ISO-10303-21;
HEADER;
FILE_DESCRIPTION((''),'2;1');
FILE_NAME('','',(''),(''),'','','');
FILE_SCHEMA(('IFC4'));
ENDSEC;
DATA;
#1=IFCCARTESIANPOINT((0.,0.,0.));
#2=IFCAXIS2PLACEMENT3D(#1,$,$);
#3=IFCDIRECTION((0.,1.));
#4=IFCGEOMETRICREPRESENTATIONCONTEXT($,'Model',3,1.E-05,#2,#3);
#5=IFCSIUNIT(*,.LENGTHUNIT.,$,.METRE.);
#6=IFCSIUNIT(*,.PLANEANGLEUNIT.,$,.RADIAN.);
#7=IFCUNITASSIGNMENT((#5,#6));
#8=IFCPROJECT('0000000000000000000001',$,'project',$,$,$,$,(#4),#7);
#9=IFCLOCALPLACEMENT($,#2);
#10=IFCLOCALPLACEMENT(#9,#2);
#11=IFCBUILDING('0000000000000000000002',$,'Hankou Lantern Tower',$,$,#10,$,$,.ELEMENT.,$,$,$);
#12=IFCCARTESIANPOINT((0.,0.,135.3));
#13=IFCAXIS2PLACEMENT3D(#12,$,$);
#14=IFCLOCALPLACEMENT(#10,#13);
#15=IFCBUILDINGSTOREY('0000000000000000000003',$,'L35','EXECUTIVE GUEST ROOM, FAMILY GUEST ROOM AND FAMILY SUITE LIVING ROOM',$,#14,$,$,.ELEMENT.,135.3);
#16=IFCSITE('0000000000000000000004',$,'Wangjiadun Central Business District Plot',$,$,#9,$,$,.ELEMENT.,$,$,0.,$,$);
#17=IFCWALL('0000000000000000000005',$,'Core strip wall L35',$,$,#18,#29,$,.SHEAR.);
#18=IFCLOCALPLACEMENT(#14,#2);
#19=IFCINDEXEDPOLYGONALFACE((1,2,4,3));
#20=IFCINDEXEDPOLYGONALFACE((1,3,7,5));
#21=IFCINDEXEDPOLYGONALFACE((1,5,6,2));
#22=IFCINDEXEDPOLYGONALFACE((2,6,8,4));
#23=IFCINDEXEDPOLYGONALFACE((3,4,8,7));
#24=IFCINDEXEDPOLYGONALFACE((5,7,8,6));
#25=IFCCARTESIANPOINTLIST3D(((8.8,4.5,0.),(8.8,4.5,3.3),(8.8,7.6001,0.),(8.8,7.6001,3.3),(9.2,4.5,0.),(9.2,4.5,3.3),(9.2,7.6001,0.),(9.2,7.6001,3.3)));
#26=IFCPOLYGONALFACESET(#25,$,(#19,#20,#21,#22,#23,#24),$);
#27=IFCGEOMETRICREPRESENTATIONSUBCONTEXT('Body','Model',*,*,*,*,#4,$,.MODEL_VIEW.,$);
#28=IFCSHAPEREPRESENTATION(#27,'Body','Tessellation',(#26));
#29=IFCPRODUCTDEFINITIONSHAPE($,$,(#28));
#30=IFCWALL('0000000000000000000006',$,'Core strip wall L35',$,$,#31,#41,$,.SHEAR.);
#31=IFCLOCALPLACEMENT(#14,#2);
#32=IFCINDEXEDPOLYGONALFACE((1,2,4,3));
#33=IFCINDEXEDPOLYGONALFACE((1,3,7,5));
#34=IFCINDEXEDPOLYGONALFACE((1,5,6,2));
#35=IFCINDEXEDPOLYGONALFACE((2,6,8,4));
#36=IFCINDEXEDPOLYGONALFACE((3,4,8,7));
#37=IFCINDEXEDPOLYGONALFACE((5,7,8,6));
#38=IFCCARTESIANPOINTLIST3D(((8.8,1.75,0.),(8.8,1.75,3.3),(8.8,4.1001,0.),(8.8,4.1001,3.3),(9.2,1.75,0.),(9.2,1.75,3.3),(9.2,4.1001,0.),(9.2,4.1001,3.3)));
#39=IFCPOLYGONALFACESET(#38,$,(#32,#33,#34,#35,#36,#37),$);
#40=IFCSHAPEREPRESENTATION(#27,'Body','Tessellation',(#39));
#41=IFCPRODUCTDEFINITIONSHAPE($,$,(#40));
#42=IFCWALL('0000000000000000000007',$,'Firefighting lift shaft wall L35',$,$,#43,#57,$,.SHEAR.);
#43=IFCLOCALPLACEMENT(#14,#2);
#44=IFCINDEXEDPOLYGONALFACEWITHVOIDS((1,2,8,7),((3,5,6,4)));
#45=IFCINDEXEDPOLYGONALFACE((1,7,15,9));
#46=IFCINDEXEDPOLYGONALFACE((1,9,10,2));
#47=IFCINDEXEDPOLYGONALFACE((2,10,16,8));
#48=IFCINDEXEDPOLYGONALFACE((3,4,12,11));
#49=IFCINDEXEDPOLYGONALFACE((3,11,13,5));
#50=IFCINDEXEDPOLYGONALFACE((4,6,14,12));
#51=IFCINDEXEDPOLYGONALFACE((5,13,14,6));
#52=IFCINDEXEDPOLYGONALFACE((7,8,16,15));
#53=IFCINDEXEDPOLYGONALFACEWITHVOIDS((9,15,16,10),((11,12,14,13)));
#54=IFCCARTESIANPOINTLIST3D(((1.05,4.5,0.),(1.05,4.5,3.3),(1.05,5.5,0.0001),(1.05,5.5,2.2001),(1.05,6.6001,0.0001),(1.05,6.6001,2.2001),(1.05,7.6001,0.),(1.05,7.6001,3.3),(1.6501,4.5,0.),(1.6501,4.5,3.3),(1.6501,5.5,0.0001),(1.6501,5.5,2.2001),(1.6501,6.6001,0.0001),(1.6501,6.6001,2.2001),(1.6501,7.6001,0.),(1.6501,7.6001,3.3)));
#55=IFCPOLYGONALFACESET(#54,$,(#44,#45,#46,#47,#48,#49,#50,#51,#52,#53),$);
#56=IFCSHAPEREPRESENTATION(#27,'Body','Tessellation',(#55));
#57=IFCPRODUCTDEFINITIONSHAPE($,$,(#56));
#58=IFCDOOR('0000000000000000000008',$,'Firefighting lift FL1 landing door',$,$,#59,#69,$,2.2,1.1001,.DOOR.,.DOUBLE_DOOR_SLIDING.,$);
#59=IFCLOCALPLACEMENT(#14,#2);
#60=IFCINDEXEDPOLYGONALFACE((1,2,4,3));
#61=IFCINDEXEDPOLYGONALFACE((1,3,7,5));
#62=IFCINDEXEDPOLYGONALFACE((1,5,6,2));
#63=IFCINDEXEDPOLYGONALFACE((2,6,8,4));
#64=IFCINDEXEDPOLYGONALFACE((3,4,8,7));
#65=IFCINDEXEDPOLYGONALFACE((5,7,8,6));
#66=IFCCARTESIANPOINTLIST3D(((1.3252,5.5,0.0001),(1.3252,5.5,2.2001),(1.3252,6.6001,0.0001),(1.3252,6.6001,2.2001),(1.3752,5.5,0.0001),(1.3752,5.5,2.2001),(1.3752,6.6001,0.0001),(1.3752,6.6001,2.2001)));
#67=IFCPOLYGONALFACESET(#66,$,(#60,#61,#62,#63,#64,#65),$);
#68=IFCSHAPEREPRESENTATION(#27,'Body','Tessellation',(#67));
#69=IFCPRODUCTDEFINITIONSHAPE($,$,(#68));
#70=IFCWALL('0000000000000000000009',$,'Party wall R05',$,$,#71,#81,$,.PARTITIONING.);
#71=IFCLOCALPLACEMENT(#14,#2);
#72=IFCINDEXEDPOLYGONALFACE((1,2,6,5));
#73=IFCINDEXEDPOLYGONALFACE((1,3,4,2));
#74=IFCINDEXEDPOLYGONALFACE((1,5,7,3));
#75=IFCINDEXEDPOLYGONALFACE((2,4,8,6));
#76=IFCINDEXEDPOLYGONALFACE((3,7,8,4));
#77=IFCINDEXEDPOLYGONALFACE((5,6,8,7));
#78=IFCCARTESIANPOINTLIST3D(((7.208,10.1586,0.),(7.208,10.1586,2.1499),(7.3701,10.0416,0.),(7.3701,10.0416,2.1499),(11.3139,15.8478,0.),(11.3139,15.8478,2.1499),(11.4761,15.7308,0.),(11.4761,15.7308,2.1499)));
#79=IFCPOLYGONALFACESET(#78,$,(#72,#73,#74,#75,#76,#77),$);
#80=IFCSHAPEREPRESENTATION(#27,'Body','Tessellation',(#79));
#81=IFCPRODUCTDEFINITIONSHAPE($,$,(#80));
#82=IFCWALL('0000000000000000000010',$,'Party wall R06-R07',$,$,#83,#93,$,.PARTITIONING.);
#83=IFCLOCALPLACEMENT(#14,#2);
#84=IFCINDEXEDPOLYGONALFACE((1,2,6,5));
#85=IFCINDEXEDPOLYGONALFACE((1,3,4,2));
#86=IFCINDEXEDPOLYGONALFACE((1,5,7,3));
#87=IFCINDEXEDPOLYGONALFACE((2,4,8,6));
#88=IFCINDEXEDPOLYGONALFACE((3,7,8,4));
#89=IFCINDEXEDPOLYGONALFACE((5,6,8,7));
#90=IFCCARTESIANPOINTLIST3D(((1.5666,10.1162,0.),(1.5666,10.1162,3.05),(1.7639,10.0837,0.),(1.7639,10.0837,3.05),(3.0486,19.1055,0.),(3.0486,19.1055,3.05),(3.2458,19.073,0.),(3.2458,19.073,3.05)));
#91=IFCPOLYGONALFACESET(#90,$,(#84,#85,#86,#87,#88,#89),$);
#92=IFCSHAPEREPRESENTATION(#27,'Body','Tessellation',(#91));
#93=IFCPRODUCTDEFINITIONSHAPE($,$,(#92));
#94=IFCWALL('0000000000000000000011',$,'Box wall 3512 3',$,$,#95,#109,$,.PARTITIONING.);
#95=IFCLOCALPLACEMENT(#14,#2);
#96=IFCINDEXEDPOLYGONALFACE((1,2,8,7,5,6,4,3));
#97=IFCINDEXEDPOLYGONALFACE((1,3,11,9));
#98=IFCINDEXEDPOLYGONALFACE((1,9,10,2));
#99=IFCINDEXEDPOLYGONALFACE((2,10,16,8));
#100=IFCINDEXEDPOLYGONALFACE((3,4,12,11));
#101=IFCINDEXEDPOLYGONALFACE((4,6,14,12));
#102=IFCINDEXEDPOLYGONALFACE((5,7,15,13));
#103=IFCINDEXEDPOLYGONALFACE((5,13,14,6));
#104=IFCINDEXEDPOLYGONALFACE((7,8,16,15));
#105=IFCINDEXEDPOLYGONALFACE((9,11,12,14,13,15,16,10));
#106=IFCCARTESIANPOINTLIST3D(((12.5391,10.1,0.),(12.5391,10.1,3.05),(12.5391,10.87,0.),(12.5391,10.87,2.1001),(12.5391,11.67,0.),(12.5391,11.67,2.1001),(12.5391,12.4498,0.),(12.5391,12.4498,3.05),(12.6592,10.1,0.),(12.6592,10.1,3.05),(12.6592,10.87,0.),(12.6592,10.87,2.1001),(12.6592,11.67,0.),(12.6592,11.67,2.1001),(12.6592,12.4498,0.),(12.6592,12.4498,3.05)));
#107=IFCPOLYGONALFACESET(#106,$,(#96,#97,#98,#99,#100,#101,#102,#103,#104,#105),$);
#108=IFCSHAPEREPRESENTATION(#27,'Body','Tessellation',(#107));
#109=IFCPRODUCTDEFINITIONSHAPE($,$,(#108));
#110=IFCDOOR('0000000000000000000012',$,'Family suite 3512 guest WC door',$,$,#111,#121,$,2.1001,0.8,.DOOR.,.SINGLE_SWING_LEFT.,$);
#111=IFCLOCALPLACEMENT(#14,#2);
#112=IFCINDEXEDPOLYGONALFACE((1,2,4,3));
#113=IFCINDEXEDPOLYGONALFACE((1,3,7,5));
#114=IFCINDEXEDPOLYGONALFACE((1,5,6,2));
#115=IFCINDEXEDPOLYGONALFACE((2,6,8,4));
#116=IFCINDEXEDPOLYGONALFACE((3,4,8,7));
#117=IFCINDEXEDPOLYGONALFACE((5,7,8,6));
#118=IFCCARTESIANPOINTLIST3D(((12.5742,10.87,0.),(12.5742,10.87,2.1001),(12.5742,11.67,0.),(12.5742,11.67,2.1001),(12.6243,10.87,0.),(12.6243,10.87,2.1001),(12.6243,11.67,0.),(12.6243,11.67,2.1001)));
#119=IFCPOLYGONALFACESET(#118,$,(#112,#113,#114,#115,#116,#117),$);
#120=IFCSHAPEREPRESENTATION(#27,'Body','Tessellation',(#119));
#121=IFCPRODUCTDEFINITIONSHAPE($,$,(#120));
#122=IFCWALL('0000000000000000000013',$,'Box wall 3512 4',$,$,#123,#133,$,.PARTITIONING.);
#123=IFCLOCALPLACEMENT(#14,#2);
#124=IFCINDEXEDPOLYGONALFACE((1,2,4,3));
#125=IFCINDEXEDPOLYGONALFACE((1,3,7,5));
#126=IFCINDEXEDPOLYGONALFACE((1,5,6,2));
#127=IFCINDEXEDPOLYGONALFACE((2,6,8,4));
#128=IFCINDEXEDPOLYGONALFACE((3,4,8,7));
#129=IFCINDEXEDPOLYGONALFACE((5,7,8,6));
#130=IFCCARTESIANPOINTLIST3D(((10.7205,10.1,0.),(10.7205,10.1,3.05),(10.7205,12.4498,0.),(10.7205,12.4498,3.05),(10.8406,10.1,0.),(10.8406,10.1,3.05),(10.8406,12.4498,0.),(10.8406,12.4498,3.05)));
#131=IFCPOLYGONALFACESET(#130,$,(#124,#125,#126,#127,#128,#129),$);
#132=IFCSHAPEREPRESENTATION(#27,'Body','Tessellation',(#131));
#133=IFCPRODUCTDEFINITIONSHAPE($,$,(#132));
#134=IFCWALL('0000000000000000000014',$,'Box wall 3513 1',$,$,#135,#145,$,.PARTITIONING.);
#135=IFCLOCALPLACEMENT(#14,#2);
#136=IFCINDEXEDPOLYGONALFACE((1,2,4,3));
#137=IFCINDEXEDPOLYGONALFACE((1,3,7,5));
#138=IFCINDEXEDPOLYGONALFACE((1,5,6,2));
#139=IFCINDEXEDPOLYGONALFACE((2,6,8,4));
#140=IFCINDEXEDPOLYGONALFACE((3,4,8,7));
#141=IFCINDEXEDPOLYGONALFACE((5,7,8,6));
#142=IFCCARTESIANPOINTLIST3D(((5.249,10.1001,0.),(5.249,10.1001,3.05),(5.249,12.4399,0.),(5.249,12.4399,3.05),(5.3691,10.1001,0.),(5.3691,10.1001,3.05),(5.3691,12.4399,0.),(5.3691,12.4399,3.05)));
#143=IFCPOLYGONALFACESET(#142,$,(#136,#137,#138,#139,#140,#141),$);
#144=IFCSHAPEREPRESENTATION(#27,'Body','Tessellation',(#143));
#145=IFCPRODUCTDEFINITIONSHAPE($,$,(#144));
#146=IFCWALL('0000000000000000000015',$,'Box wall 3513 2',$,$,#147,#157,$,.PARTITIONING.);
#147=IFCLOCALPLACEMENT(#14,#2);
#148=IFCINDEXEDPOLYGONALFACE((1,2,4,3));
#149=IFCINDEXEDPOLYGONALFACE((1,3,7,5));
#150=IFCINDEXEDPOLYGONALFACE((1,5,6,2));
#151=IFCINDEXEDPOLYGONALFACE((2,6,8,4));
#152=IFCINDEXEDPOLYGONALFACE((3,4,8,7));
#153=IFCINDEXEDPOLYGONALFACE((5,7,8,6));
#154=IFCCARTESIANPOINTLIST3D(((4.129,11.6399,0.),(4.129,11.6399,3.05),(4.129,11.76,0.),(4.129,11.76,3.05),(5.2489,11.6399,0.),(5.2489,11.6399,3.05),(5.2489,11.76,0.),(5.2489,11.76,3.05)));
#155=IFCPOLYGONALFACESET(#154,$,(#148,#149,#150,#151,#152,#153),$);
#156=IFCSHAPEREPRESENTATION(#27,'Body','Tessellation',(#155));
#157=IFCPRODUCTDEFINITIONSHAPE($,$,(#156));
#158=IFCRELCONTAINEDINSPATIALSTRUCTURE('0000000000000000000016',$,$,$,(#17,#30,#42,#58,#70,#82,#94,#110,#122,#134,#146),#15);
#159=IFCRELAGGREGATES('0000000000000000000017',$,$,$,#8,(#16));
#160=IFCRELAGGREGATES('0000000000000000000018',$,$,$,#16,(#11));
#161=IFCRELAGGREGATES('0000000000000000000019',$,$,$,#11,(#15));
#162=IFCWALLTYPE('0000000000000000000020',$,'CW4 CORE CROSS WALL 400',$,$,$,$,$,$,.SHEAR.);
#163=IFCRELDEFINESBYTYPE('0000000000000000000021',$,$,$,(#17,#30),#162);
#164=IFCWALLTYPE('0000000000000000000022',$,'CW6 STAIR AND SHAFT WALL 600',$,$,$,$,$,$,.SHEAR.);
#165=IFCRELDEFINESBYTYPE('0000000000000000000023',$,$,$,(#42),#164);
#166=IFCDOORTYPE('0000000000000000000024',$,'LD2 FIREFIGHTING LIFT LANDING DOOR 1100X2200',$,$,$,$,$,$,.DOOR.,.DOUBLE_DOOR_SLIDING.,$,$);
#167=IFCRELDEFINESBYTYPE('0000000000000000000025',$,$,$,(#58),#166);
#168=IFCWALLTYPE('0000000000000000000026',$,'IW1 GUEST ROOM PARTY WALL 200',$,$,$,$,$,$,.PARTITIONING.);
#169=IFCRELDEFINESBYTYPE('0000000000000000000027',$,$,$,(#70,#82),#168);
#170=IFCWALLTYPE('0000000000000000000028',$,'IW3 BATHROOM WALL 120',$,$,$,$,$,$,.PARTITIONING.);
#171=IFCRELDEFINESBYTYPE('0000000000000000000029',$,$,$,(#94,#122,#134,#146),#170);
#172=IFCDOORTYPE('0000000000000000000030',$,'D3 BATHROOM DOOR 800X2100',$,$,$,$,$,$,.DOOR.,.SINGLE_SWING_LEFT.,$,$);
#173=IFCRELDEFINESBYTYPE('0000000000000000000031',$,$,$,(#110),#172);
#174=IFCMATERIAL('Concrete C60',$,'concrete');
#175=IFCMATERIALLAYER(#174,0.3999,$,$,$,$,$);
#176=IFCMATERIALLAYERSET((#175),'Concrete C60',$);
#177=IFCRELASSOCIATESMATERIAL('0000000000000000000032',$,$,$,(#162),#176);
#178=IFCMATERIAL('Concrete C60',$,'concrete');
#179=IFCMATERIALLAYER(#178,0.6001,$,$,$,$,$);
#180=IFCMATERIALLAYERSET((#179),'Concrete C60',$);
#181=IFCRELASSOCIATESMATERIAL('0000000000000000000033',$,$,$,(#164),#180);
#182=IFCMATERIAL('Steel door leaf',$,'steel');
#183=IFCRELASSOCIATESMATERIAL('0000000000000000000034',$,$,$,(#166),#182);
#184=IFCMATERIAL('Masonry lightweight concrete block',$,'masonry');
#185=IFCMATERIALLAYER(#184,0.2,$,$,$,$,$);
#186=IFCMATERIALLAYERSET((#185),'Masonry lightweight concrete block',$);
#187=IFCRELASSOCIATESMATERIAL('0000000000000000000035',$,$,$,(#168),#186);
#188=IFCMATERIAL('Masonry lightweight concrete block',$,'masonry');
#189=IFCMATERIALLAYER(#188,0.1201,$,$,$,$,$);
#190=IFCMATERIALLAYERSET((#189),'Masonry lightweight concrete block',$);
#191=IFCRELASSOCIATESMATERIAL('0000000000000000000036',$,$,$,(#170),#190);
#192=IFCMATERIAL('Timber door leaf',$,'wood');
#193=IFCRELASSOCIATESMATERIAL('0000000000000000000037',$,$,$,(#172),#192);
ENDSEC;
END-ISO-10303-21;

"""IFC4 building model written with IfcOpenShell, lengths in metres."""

from ifc_helpers import new_model, si_unit, direction, frame, frame_2d, origin, place, context, subcontext, project, spatial, rectangle, extrude, material, layer, layer_set, type_object, element, fill, save


model = new_model("IFC4")

# Units and contexts
model_context = context("Model", 3, precision=1e-05, world=origin(), true_north=direction((0.0, 1.0)))
body_context = subcontext(model_context, "Body", "Model", "MODEL_VIEW")
ifc_project = project(units=[si_unit("LENGTHUNIT", "METRE"), si_unit("PLANEANGLEUNIT", "RADIAN")], contexts=[model_context])

# Site, building, storey
site_placement = place(None, origin())
site = spatial("IfcSite", under=ifc_project, at=site_placement, Name="Wangjiadun Central Business District Plot", CompositionType="ELEMENT", RefElevation=0.0)
building_placement = place(site_placement, origin())
building = spatial("IfcBuilding", under=site, at=building_placement, Name="Hankou Lantern Tower", CompositionType="ELEMENT")
storey_placement = place(building_placement, frame((0.0, 0.0, 135.3)))
storey = spatial("IfcBuildingStorey", under=building, at=storey_placement, Name="L35", Description="EXECUTIVE GUEST ROOM, FAMILY GUEST ROOM AND FAMILY SUITE LIVING ROOM", CompositionType="ELEMENT", Elevation=135.3)

# Walls
ifc_material_1 = material(Name="Concrete C60", Category="concrete")
ifc_layer_1 = layer(ifc_material_1, 0.3999)
ifc_layer_set_1 = layer_set([ifc_layer_1], Name="Concrete C60")
wall_type_1 = type_object("IfcWallType", Name="CW4 CORE CROSS WALL 400", PredefinedType="SHEAR", material=ifc_layer_set_1)
wall_1_placement = place(storey_placement, frame((9.0, 4.5, 0.0), z_axis=(0.0, 0.0, 1.0), x_axis=(0.0, 1.0, 0.0)))
element("IfcWall", 1, at=wall_1_placement, inside=storey, type_object=wall_type_1, Name="Core strip wall L35", PredefinedType="SHEAR", context=body_context, shape_type="SweptSolid", body=[
    extrude(rectangle(XDim=3.1001, YDim=0.3999, at=frame_2d((1.55, 0.0))), origin(), (0.0, 0.0, 1.0), 3.3),
])
wall_2_placement = place(storey_placement, frame((9.0, 1.75, 0.0), z_axis=(0.0, 0.0, 1.0), x_axis=(0.0, 1.0, 0.0)))
element("IfcWall", 2, at=wall_2_placement, inside=storey, type_object=wall_type_1, Name="Core strip wall L35", PredefinedType="SHEAR", context=body_context, shape_type="SweptSolid", body=[
    extrude(rectangle(XDim=2.3501, YDim=0.3999, at=frame_2d((1.175, 0.0))), origin(), (0.0, 0.0, 1.0), 3.3),
])

# Wall, opening, door
ifc_material_2 = material(Name="Concrete C60", Category="concrete")
ifc_layer_2 = layer(ifc_material_2, 0.6001)
ifc_layer_set_2 = layer_set([ifc_layer_2], Name="Concrete C60")
wall_type_2 = type_object("IfcWallType", Name="CW6 STAIR AND SHAFT WALL 600", PredefinedType="SHEAR", material=ifc_layer_set_2)
wall_3_placement = place(storey_placement, frame((1.3501, 4.5, 0.0), z_axis=(0.0, 0.0, 1.0), x_axis=(0.0, 1.0, 0.0)))
wall_3 = element("IfcWall", 3, at=wall_3_placement, inside=storey, type_object=wall_type_2, Name="Firefighting lift shaft wall L35", PredefinedType="SHEAR", context=body_context, shape_type="SweptSolid", body=[
    extrude(rectangle(XDim=3.1001, YDim=0.6001, at=frame_2d((1.55, 0.0))), origin(), (0.0, 0.0, 1.0), 3.3),
])
opening_1_placement = place(wall_3_placement, frame((1.0, 0.0, 0.0)))
opening_1 = element("IfcOpeningElement", 4, at=opening_1_placement, cuts=wall_3, PredefinedType="OPENING", context=body_context, shape_type="SweptSolid", body=[
    extrude(rectangle(XDim=1.1001, YDim=2.2, at=frame_2d((0.55, 1.1001))), frame((0.0, 0.3101, 0.0), z_axis=(0.0, -1.0, 0.0), x_axis=(1.0, 0.0, 0.0)), (0.0, 0.0, 1.0), 0.6201),
])
ifc_material_3 = material(Name="Steel door leaf", Category="steel")
door_type_1 = type_object("IfcDoorType", Name="LD2 FIREFIGHTING LIFT LANDING DOOR 1100X2200", OperationType="DOUBLE_DOOR_SLIDING", PredefinedType="DOOR", material=ifc_material_3)
door_1_placement = place(opening_1_placement, origin())
door_1 = element("IfcDoor", 5, at=door_1_placement, inside=storey, type_object=door_type_1, Name="Firefighting lift FL1 landing door", OperationType="DOUBLE_DOOR_SLIDING", OverallHeight=2.2, OverallWidth=1.1001, PredefinedType="DOOR", context=body_context, shape_type="SweptSolid", body=[
    extrude(rectangle(XDim=1.1001, YDim=2.2, at=frame_2d((0.55, 1.1001))), frame((0.0, 0.0249, 0.0), z_axis=(0.0, -1.0, 0.0), x_axis=(1.0, 0.0, 0.0)), (0.0, 0.0, 1.0), 0.05),
])
fill(opening_1, door_1)

# Walls
ifc_material_4 = material(Name="Masonry lightweight concrete block", Category="masonry")
ifc_layer_3 = layer(ifc_material_4, 0.2)
ifc_layer_set_3 = layer_set([ifc_layer_3], Name="Masonry lightweight concrete block")
wall_type_3 = type_object("IfcWallType", Name="IW1 GUEST ROOM PARTY WALL 200", PredefinedType="PARTITIONING", material=ifc_layer_set_3)
wall_4_placement = place(storey_placement, frame((7.2891, 10.1001, 0.0), z_axis=(0.0, 0.0, 1.0), x_axis=(0.585217, 0.810876, 0.0)))
element("IfcWall", 6, at=wall_4_placement, inside=storey, type_object=wall_type_3, Name="Party wall R05", PredefinedType="PARTITIONING", context=body_context, shape_type="SweptSolid", body=[
    extrude(rectangle(XDim=7.0161, YDim=0.2, at=frame_2d((3.5081, 0.0))), origin(), (0.0, 0.0, 1.0), 2.1499),
])
wall_5_placement = place(storey_placement, frame((1.6653, 10.1001, 0.0), z_axis=(0.0, 0.0, 1.0), x_axis=(0.162661, 0.986682, 0.0)))
element("IfcWall", 7, at=wall_5_placement, inside=storey, type_object=wall_type_3, Name="Party wall R06-R07", PredefinedType="PARTITIONING", context=body_context, shape_type="SweptSolid", body=[
    extrude(rectangle(XDim=9.1106, YDim=0.2, at=frame_2d((4.5552, 0.0))), origin(), (0.0, 0.0, 1.0), 3.05),
])

# Wall, opening, door
ifc_material_5 = material(Name="Masonry lightweight concrete block", Category="masonry")
ifc_layer_4 = layer(ifc_material_5, 0.1201)
ifc_layer_set_4 = layer_set([ifc_layer_4], Name="Masonry lightweight concrete block")
wall_type_4 = type_object("IfcWallType", Name="IW3 BATHROOM WALL 120", PredefinedType="PARTITIONING", material=ifc_layer_set_4)
wall_6_placement = place(storey_placement, frame((12.5991, 10.1001, 0.0), z_axis=(0.0, 0.0, 1.0), x_axis=(0.0, 1.0, 0.0)))
wall_6 = element("IfcWall", 8, at=wall_6_placement, inside=storey, type_object=wall_type_4, Name="Box wall 3512 3", PredefinedType="PARTITIONING", context=body_context, shape_type="SweptSolid", body=[
    extrude(rectangle(XDim=2.3499, YDim=0.1201, at=frame_2d((1.1748, 0.0))), origin(), (0.0, 0.0, 1.0), 3.05),
])
opening_2_placement = place(wall_6_placement, frame((0.77, 0.0, 0.0)))
opening_2 = element("IfcOpeningElement", 9, at=opening_2_placement, cuts=wall_6, PredefinedType="OPENING", context=body_context, shape_type="SweptSolid", body=[
    extrude(rectangle(XDim=0.8, YDim=2.1001, at=frame_2d((0.3999, 1.05))), frame((0.0, 0.0701, 0.0), z_axis=(0.0, -1.0, 0.0), x_axis=(1.0, 0.0, 0.0)), (0.0, 0.0, 1.0), 0.1401),
])
ifc_material_6 = material(Name="Timber door leaf", Category="wood")
door_type_2 = type_object("IfcDoorType", Name="D3 BATHROOM DOOR 800X2100", OperationType="SINGLE_SWING_LEFT", PredefinedType="DOOR", material=ifc_material_6)
door_2_placement = place(opening_2_placement, origin())
door_2 = element("IfcDoor", 10, at=door_2_placement, inside=storey, type_object=door_type_2, Name="Family suite 3512 guest WC door", OperationType="SINGLE_SWING_LEFT", OverallHeight=2.1001, OverallWidth=0.8, PredefinedType="DOOR", context=body_context, shape_type="SweptSolid", body=[
    extrude(rectangle(XDim=0.8, YDim=2.1001, at=frame_2d((0.3999, 1.05))), frame((0.0, 0.0249, 0.0), z_axis=(0.0, -1.0, 0.0), x_axis=(1.0, 0.0, 0.0)), (0.0, 0.0, 1.0), 0.05),
])
fill(opening_2, door_2)

# Walls
wall_7_placement = place(storey_placement, frame((10.7805, 10.1001, 0.0), z_axis=(0.0, 0.0, 1.0), x_axis=(0.0, 1.0, 0.0)))
element("IfcWall", 11, at=wall_7_placement, inside=storey, type_object=wall_type_4, Name="Box wall 3512 4", PredefinedType="PARTITIONING", context=body_context, shape_type="SweptSolid", body=[
    extrude(rectangle(XDim=2.3499, YDim=0.1201, at=frame_2d((1.1748, 0.0))), origin(), (0.0, 0.0, 1.0), 3.05),
])
wall_8_placement = place(storey_placement, frame((5.3091, 10.1001, 0.0), z_axis=(0.0, 0.0, 1.0), x_axis=(0.0, 1.0, 0.0)))
element("IfcWall", 12, at=wall_8_placement, inside=storey, type_object=wall_type_4, Name="Box wall 3513 1", PredefinedType="PARTITIONING", context=body_context, shape_type="SweptSolid", body=[
    extrude(rectangle(XDim=2.3398, YDim=0.1201, at=frame_2d((1.1699, 0.0))), origin(), (0.0, 0.0, 1.0), 3.05),
])
wall_9_placement = place(storey_placement, frame((5.249, 11.7, 0.0), z_axis=(0.0, 0.0, 1.0), x_axis=(-1.0, 0.0, 0.0)))
element("IfcWall", 13, at=wall_9_placement, inside=storey, type_object=wall_type_4, Name="Box wall 3513 2", PredefinedType="PARTITIONING", context=body_context, shape_type="SweptSolid", body=[
    extrude(rectangle(XDim=1.1199, YDim=0.1201, at=frame_2d((0.5601, 0.0))), origin(), (0.0, 0.0, 1.0), 3.05),
])

save(model, "model.ifc")
